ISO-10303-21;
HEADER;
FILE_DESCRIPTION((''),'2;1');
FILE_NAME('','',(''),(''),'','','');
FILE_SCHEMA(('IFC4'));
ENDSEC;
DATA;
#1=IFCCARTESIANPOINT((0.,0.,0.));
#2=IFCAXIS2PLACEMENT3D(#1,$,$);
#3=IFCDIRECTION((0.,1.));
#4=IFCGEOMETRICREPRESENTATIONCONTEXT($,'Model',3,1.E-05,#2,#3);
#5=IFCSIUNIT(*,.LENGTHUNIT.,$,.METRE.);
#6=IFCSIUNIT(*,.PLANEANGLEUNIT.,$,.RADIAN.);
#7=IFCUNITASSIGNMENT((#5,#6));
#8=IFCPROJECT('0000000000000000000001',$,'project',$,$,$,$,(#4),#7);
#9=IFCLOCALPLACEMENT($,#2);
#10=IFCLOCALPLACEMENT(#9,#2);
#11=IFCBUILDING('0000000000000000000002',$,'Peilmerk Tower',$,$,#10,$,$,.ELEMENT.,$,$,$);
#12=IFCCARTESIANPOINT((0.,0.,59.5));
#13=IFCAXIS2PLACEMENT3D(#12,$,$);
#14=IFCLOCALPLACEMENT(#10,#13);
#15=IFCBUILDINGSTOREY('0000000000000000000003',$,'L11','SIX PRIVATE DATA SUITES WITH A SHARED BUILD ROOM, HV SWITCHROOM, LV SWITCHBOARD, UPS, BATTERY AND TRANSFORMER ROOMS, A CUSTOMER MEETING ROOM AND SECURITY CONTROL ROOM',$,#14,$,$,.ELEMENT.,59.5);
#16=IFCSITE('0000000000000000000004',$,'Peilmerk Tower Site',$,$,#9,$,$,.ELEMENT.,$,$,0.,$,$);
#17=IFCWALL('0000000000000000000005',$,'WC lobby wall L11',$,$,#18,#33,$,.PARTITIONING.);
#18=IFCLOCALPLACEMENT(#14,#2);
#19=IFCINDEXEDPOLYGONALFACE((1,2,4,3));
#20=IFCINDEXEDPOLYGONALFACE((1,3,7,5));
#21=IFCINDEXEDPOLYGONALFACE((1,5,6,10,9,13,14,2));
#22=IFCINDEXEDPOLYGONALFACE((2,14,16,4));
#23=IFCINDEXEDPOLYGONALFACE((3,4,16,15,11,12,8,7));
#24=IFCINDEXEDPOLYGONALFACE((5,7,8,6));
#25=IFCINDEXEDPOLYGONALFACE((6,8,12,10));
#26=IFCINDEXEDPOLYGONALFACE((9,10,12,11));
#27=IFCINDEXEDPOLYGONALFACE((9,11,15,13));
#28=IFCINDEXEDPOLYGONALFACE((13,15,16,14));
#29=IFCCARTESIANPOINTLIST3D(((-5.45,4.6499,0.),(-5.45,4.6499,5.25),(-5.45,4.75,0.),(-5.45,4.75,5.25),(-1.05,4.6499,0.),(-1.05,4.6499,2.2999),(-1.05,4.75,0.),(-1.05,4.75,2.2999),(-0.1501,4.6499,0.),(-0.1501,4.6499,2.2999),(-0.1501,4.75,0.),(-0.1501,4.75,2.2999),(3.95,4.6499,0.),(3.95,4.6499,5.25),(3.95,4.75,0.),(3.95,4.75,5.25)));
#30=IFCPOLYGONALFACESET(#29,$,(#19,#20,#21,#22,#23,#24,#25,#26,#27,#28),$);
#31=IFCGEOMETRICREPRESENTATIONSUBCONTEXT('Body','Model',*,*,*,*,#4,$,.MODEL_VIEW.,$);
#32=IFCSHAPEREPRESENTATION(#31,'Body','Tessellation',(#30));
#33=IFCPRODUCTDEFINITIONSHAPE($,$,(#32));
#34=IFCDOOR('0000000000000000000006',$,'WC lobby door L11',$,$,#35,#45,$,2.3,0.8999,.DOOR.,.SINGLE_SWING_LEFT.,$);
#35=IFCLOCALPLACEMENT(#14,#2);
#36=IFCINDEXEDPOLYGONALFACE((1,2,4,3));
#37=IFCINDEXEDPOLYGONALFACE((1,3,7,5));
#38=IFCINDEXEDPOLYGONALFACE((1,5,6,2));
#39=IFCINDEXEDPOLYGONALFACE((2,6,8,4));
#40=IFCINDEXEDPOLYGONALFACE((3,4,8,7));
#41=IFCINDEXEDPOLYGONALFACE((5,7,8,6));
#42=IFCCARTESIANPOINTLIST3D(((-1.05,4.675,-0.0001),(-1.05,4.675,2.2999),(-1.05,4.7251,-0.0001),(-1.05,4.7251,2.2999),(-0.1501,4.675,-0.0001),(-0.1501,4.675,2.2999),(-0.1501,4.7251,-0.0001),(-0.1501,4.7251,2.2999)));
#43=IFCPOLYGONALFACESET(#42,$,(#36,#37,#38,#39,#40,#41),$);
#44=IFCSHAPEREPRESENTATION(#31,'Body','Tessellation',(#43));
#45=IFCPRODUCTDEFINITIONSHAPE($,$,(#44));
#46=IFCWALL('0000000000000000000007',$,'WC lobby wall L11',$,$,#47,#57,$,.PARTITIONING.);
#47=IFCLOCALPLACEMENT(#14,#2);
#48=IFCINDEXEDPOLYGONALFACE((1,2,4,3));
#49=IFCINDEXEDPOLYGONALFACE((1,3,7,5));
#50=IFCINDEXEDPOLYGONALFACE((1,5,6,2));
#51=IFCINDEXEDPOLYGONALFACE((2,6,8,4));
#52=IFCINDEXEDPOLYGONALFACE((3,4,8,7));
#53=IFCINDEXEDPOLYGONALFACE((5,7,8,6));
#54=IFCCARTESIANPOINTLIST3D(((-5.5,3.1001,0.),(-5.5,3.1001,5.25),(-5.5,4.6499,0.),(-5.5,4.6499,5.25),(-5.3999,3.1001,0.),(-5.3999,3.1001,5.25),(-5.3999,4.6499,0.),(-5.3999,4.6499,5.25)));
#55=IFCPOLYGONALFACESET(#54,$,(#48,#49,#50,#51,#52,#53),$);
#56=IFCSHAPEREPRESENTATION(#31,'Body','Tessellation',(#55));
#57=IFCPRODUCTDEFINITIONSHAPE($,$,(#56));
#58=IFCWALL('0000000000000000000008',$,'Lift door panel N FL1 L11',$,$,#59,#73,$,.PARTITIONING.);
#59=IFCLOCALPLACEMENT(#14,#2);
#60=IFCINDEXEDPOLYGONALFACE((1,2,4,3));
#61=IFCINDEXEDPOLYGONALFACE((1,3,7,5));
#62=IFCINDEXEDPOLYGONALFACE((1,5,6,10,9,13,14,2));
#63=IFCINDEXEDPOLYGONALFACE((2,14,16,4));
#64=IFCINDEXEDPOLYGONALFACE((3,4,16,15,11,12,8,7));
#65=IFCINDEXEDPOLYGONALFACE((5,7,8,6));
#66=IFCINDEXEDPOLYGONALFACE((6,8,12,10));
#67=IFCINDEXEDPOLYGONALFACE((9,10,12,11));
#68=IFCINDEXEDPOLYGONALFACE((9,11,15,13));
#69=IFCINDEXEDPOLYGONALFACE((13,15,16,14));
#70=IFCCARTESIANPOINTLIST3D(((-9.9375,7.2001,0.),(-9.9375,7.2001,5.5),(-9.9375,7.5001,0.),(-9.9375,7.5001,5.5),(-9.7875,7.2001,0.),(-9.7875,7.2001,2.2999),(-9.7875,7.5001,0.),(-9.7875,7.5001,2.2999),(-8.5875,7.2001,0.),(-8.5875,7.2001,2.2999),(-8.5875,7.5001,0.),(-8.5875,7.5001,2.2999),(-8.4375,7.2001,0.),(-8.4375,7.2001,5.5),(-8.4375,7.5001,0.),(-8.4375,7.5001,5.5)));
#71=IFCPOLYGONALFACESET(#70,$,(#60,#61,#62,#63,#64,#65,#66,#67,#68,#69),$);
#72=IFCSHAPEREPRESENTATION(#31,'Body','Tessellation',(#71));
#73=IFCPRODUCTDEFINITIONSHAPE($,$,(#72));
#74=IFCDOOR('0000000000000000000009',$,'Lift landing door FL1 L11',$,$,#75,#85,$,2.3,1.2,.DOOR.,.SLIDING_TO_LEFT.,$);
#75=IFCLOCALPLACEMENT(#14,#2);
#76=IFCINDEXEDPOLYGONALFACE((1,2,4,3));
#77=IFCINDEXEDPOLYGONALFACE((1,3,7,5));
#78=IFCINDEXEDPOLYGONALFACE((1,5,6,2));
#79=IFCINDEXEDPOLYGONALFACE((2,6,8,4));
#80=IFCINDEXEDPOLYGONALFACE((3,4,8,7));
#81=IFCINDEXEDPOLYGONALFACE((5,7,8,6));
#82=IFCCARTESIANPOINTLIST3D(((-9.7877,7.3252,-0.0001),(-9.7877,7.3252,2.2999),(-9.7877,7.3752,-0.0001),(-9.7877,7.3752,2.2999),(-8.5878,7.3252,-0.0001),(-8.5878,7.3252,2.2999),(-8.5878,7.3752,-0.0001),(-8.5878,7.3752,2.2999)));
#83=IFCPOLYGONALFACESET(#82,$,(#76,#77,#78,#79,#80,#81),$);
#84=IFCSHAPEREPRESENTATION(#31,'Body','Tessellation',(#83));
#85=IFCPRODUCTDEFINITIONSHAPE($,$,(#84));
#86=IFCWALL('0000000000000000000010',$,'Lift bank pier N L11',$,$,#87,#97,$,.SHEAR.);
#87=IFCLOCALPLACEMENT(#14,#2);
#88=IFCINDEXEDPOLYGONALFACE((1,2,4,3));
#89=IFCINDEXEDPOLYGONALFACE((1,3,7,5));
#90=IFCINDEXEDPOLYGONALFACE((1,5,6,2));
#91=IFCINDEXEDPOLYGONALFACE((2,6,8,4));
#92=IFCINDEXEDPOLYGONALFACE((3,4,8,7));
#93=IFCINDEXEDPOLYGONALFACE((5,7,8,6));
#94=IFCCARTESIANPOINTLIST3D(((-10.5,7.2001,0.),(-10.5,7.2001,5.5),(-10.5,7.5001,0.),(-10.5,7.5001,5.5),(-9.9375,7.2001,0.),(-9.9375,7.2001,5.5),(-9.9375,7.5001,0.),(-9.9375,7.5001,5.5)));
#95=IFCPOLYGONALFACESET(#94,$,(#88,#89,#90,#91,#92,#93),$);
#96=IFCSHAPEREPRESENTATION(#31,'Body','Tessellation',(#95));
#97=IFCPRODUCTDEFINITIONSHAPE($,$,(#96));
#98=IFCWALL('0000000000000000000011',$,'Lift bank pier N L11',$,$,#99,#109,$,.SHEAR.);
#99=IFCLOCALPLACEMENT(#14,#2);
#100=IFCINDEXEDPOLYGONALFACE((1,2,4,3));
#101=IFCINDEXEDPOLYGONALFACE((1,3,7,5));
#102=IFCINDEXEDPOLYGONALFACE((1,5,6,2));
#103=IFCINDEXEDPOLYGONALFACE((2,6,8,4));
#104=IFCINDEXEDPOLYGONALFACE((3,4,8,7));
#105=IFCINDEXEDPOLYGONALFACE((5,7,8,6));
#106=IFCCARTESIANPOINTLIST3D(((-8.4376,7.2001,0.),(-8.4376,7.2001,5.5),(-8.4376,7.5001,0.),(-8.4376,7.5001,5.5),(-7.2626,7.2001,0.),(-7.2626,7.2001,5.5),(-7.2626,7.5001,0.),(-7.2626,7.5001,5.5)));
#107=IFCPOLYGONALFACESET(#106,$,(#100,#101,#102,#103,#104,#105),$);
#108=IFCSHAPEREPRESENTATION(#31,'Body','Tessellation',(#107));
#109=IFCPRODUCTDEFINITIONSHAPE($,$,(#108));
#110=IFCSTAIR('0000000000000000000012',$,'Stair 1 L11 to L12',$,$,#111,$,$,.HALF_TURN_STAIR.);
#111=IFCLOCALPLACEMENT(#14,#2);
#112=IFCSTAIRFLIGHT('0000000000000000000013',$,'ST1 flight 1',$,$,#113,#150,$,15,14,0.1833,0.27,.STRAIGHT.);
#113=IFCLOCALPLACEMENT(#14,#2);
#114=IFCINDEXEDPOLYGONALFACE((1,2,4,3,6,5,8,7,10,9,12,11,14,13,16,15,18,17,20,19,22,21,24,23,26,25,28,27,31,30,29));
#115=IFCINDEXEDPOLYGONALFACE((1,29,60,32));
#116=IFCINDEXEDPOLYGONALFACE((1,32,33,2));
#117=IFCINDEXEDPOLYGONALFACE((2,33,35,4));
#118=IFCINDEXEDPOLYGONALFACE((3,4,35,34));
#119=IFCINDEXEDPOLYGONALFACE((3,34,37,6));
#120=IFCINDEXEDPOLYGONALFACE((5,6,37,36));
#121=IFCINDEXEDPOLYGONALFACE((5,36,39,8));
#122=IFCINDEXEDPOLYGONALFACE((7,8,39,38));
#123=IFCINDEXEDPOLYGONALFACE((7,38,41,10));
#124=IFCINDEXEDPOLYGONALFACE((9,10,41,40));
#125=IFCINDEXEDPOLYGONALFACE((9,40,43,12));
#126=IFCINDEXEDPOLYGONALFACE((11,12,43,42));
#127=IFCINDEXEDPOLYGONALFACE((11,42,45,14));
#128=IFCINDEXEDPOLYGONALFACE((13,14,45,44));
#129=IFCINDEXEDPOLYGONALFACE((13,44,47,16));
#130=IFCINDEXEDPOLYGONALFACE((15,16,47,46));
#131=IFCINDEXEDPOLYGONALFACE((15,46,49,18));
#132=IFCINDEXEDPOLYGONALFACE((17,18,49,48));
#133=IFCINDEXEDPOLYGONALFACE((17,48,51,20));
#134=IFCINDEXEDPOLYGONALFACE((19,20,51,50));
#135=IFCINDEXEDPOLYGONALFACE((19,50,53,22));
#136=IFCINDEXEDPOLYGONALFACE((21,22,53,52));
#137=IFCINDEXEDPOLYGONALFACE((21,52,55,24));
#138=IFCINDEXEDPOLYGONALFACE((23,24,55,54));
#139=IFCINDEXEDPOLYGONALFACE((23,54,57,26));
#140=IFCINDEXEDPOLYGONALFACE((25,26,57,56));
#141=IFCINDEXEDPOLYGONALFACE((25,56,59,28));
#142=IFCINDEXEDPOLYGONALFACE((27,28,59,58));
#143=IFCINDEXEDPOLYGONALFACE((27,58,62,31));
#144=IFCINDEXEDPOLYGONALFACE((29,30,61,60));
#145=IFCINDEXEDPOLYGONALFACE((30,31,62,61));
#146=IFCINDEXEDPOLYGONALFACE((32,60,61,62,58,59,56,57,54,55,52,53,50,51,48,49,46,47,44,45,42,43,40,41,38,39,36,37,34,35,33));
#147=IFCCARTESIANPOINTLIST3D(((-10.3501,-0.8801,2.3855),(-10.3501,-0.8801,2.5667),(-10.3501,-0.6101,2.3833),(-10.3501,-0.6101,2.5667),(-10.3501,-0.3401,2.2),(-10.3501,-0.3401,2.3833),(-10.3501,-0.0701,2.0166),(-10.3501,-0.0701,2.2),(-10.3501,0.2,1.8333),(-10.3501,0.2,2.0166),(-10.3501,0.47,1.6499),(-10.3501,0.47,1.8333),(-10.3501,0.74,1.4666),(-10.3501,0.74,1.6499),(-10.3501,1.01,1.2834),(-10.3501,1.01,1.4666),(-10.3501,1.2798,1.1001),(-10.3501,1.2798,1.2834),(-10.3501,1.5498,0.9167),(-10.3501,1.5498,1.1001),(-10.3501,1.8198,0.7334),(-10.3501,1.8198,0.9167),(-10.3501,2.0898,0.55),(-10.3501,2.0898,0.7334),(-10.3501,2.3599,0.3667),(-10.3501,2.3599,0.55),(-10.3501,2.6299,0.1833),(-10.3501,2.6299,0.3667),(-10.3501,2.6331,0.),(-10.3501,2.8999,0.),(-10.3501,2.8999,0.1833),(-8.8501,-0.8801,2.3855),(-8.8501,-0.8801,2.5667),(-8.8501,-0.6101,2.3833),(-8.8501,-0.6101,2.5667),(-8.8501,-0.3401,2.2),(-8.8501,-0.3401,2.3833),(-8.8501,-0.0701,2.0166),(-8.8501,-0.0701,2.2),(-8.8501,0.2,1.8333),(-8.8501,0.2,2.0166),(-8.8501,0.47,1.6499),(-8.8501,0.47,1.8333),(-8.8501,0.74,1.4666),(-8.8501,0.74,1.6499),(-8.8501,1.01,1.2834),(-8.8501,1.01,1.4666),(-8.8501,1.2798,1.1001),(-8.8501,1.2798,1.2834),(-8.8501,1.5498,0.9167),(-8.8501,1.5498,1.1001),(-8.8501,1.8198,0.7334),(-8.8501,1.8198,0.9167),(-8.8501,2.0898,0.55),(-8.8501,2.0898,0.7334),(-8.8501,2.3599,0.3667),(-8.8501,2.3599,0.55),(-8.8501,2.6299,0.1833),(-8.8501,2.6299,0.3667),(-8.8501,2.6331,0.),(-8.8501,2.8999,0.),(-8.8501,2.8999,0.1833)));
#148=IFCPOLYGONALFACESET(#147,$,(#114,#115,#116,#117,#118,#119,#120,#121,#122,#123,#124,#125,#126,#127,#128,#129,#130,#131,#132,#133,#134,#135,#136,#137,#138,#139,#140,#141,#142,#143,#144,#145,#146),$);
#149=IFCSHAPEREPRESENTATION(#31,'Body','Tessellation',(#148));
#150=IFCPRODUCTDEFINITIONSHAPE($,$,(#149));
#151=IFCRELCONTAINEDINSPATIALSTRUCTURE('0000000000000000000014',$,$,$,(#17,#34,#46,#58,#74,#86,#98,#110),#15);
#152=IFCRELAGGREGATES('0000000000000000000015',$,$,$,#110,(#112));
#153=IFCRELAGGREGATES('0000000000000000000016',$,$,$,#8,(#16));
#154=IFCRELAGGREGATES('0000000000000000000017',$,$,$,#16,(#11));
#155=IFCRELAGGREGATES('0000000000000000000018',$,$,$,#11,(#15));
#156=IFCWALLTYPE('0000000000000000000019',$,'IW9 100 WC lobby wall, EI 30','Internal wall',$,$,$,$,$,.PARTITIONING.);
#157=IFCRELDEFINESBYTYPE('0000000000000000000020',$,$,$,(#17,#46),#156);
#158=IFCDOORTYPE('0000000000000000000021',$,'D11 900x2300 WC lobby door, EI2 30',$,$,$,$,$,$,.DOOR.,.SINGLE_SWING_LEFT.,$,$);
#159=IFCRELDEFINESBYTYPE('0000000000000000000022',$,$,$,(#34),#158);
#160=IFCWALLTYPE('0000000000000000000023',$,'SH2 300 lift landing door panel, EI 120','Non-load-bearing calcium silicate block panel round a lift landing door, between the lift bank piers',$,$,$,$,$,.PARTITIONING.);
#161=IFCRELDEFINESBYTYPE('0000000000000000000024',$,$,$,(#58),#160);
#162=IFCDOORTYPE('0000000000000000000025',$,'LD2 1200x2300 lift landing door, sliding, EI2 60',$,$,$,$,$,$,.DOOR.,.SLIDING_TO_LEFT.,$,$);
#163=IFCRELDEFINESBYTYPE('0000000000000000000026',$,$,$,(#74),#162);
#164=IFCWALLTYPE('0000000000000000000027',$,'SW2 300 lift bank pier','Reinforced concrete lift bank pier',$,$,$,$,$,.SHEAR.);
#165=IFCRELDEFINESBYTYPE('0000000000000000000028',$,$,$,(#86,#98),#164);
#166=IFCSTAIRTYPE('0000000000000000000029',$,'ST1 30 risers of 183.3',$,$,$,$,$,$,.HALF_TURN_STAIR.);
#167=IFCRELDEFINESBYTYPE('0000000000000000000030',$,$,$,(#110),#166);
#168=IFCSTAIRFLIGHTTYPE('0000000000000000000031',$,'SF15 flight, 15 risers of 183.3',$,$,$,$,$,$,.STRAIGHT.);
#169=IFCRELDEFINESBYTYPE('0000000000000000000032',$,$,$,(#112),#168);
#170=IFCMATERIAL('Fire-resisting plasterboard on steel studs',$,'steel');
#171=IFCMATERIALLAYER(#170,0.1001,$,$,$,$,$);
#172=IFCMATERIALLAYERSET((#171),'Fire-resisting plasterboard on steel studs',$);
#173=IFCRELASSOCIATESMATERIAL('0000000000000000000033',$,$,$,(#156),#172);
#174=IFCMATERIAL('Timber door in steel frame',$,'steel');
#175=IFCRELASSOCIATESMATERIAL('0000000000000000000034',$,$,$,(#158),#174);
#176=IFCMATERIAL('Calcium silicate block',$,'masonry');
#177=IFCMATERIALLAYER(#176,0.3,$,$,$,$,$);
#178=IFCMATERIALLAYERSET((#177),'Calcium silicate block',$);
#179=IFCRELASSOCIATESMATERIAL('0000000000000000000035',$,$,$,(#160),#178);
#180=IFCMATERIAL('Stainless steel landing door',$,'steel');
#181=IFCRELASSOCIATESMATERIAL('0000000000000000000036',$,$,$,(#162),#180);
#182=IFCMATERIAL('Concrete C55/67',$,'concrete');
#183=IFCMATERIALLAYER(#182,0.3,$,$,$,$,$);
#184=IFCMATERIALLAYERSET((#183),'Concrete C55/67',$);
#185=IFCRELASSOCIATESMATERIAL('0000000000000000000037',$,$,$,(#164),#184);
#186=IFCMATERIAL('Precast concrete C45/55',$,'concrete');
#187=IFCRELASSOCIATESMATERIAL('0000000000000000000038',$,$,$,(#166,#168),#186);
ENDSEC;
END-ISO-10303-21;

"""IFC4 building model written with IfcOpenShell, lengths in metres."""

from ifc_helpers import new_model, si_unit, direction, frame, frame_2d, origin, place, context, subcontext, project, spatial, polyline, rectangle, outline, extrude, material, layer, layer_set, type_object, element, fill, aggregate, save


model = new_model("IFC4")

# Units and contexts
model_context = context("Model", 3, precision=1e-05, world=origin(), true_north=direction((0.0, 1.0)))
body_context = subcontext(model_context, "Body", "Model", "MODEL_VIEW")
ifc_project = project(units=[si_unit("LENGTHUNIT", "METRE"), si_unit("PLANEANGLEUNIT", "RADIAN")], contexts=[model_context])

# Site, building, storey
site_placement = place(None, origin())
site = spatial("IfcSite", under=ifc_project, at=site_placement, Name="Peilmerk Tower Site", CompositionType="ELEMENT", RefElevation=0.0)
building_placement = place(site_placement, origin())
building = spatial("IfcBuilding", under=site, at=building_placement, Name="Peilmerk Tower", CompositionType="ELEMENT")
storey_placement = place(building_placement, frame((0.0, 0.0, 59.5)))
storey = spatial("IfcBuildingStorey", under=building, at=storey_placement, Name="L11", Description="SIX PRIVATE DATA SUITES WITH A SHARED BUILD ROOM, HV SWITCHROOM, LV SWITCHBOARD, UPS, BATTERY AND TRANSFORMER ROOMS, A CUSTOMER MEETING ROOM AND SECURITY CONTROL ROOM", CompositionType="ELEMENT", Elevation=59.5)

# Shared definitions
ifc_material_1 = material(Name="Concrete C55/67", Category="concrete")

# Shared definitions
ifc_material_2 = material(Name="Timber door in steel frame", Category="steel")

# Wall, opening, door
ifc_material_3 = material(Name="Fire-resisting plasterboard on steel studs", Category="steel")
ifc_layer_1 = layer(ifc_material_3, 0.1001)
ifc_layer_set_1 = layer_set([ifc_layer_1], Name="Fire-resisting plasterboard on steel studs")
wall_type_1 = type_object("IfcWallType", Name="IW9 100 WC lobby wall, EI 30", Description="Internal wall", PredefinedType="PARTITIONING", material=ifc_layer_set_1)
wall_1_placement = place(storey_placement, frame((-5.45, 4.7, 0.0), z_axis=(0.0, 0.0, 1.0), x_axis=(1.0, 0.0, 0.0)))
wall_1 = element("IfcWall", 1, at=wall_1_placement, inside=storey, type_object=wall_type_1, Name="WC lobby wall L11", PredefinedType="PARTITIONING", context=body_context, shape_type="SweptSolid", body=[
    extrude(rectangle(XDim=9.3999, YDim=0.1001, at=frame_2d((4.7, 0.0))), origin(), (0.0, 0.0, 1.0), 5.25),
])
opening_1_placement = place(wall_1_placement, frame((4.3999, 0.0, 0.0)))
opening_1 = element("IfcOpeningElement", 2, at=opening_1_placement, cuts=wall_1, PredefinedType="OPENING", context=body_context, shape_type="SweptSolid", body=[
    extrude(rectangle(XDim=0.8999, YDim=2.3, at=frame_2d((0.45, 1.1499))), frame((0.0, 0.0601, 0.0), z_axis=(0.0, -1.0, 0.0), x_axis=(1.0, 0.0, 0.0)), (0.0, 0.0, 1.0), 0.1201),
])
door_type_1 = type_object("IfcDoorType", Name="D11 900x2300 WC lobby door, EI2 30", OperationType="SINGLE_SWING_LEFT", PredefinedType="DOOR", material=ifc_material_2)
door_1_placement = place(opening_1_placement, frame((0.8999, 0.0, 0.0), z_axis=(0.0, 0.0, 1.0), x_axis=(-1.0, 0.0, 0.0)))
door_1 = element("IfcDoor", 3, at=door_1_placement, inside=storey, type_object=door_type_1, Name="WC lobby door L11", OperationType="SINGLE_SWING_LEFT", OverallHeight=2.3, OverallWidth=0.8999, PredefinedType="DOOR", context=body_context, shape_type="SweptSolid", body=[
    extrude(rectangle(XDim=0.8999, YDim=2.3, at=frame_2d((0.45, 1.1499))), frame((0.0, 0.0249, 0.0), z_axis=(0.0, -1.0, 0.0), x_axis=(1.0, 0.0, 0.0)), (0.0, 0.0, 1.0), 0.05),
])
fill(opening_1, door_1)

# Wall
wall_2_placement = place(storey_placement, frame((-5.45, 3.1001, 0.0), z_axis=(0.0, 0.0, 1.0), x_axis=(0.0, 1.0, 0.0)))
element("IfcWall", 4, at=wall_2_placement, inside=storey, type_object=wall_type_1, Name="WC lobby wall L11", PredefinedType="PARTITIONING", context=body_context, shape_type="SweptSolid", body=[
    extrude(rectangle(XDim=1.5498, YDim=0.1001, at=frame_2d((0.7749, 0.0))), origin(), (0.0, 0.0, 1.0), 5.25),
])

# Wall, opening, door
ifc_material_4 = material(Name="Calcium silicate block", Category="masonry")
ifc_layer_2 = layer(ifc_material_4, 0.3)
ifc_layer_set_2 = layer_set([ifc_layer_2], Name="Calcium silicate block")
wall_type_2 = type_object("IfcWallType", Name="SH2 300 lift landing door panel, EI 120", Description="Non-load-bearing calcium silicate block panel round a lift landing door, between the lift bank piers", PredefinedType="PARTITIONING", material=ifc_layer_set_2)
wall_3_placement = place(storey_placement, frame((-9.9375, 7.3501, 0.0), z_axis=(0.0, 0.0, 1.0), x_axis=(1.0, 0.0, 0.0)))
wall_3 = element("IfcWall", 5, at=wall_3_placement, inside=storey, type_object=wall_type_2, Name="Lift door panel N FL1 L11", PredefinedType="PARTITIONING", context=body_context, shape_type="SweptSolid", body=[
    extrude(rectangle(XDim=1.5, YDim=0.3, at=frame_2d((0.75, 0.0))), origin(), (0.0, 0.0, 1.0), 5.5),
])
opening_2_placement = place(wall_3_placement, frame((0.1499, 0.0, 0.0)))
opening_2 = element("IfcOpeningElement", 6, at=opening_2_placement, cuts=wall_3, PredefinedType="OPENING", context=body_context, shape_type="SweptSolid", body=[
    extrude(rectangle(XDim=1.2, YDim=2.3, at=frame_2d((0.6001, 1.1499))), frame((0.0, 0.1599, 0.0), z_axis=(0.0, -1.0, 0.0), x_axis=(1.0, 0.0, 0.0)), (0.0, 0.0, 1.0), 0.3201),
])
ifc_material_5 = material(Name="Stainless steel landing door", Category="steel")
door_type_2 = type_object("IfcDoorType", Name="LD2 1200x2300 lift landing door, sliding, EI2 60", OperationType="SLIDING_TO_LEFT", PredefinedType="DOOR", material=ifc_material_5)
door_2_placement = place(opening_2_placement, frame((1.2, 0.0, 0.0), z_axis=(0.0, 0.0, 1.0), x_axis=(-1.0, 0.0, 0.0)))
door_2 = element("IfcDoor", 7, at=door_2_placement, inside=storey, type_object=door_type_2, Name="Lift landing door FL1 L11", OperationType="SLIDING_TO_LEFT", OverallHeight=2.3, OverallWidth=1.2, PredefinedType="DOOR", context=body_context, shape_type="SweptSolid", body=[
    extrude(rectangle(XDim=1.2, YDim=2.3, at=frame_2d((0.6001, 1.1499))), frame((0.0, 0.0249, 0.0), z_axis=(0.0, -1.0, 0.0), x_axis=(1.0, 0.0, 0.0)), (0.0, 0.0, 1.0), 0.05),
])
fill(opening_2, door_2)

# Walls
ifc_layer_3 = layer(ifc_material_1, 0.3)
ifc_layer_set_3 = layer_set([ifc_layer_3], Name="Concrete C55/67")
wall_type_3 = type_object("IfcWallType", Name="SW2 300 lift bank pier", Description="Reinforced concrete lift bank pier", PredefinedType="SHEAR", material=ifc_layer_set_3)
wall_4_placement = place(storey_placement, frame((-10.5, 7.3501, 0.0), z_axis=(0.0, 0.0, 1.0), x_axis=(1.0, 0.0, 0.0)))
element("IfcWall", 8, at=wall_4_placement, inside=storey, type_object=wall_type_3, Name="Lift bank pier N L11", PredefinedType="SHEAR", context=body_context, shape_type="SweptSolid", body=[
    extrude(rectangle(XDim=0.5625, YDim=0.3, at=frame_2d((0.2812, 0.0))), origin(), (0.0, 0.0, 1.0), 5.5),
])
wall_5_placement = place(storey_placement, frame((-8.4375, 7.3501, 0.0), z_axis=(0.0, 0.0, 1.0), x_axis=(1.0, 0.0, 0.0)))
element("IfcWall", 9, at=wall_5_placement, inside=storey, type_object=wall_type_3, Name="Lift bank pier N L11", PredefinedType="SHEAR", context=body_context, shape_type="SweptSolid", body=[
    extrude(rectangle(XDim=1.175, YDim=0.3, at=frame_2d((0.5874, 0.0))), origin(), (0.0, 0.0, 1.0), 5.5),
])

# Stair, stair flight
ifc_material_6 = material(Name="Precast concrete C45/55", Category="concrete")
stair_type = type_object("IfcStairType", Name="ST1 30 risers of 183.3", PredefinedType="HALF_TURN_STAIR", material=ifc_material_6)
stair_placement = place(storey_placement, origin())
stair = element("IfcStair", 10, at=stair_placement, inside=storey, type_object=stair_type, Name="Stair 1 L11 to L12", PredefinedType="HALF_TURN_STAIR")
stair_flight_type = type_object("IfcStairFlightType", Name="SF15 flight, 15 risers of 183.3", PredefinedType="STRAIGHT", material=ifc_material_6)
stair_flight_placement = place(storey_placement, frame((-9.6001, 2.8999, 0.0), z_axis=(0.0, 0.0, 1.0), x_axis=(0.0, -1.0, 0.0)))
stair_flight = element("IfcStairFlight", 11, at=stair_flight_placement, type_object=stair_flight_type, Name="ST1 flight 1", NumberOfRisers=15, NumberOfTreads=14, PredefinedType="STRAIGHT", RiserHeight=0.1833, TreadLength=0.27, context=body_context, shape_type="SweptSolid", body=[
    extrude(outline(polyline([(0.0, 0.0), (0.0, 0.1833), (0.27, 0.1833), (0.27, 0.3667), (0.54, 0.3667), (0.54, 0.55), (0.8101, 0.55), (0.8101, 0.7334), (1.0801, 0.7334), (1.0801, 0.9167), (1.3501, 0.9167), (1.3501, 1.1001), (1.6201, 1.1001), (1.6201, 1.2834), (1.8899, 1.2834), (1.8899, 1.4666), (2.1599, 1.4666), (2.1599, 1.6499), (2.4299, 1.6499), (2.4299, 1.8333), (2.7, 1.8333), (2.7, 2.0166), (2.97, 2.0166), (2.97, 2.2), (3.24, 2.2), (3.24, 2.3833), (3.51, 2.3833), (3.51, 2.5667), (3.78, 2.5667), (3.78, 2.75), (3.78, 2.3855), (0.2668, 0.0), (0.0, 0.0)])), frame((0.0, 0.75, 0.0), z_axis=(0.0, -1.0, 0.0), x_axis=(1.0, 0.0, 0.0)), (0.0, 0.0, 1.0), 1.5),
])
aggregate(stair, [stair_flight])

save(model, "model.ifc")
